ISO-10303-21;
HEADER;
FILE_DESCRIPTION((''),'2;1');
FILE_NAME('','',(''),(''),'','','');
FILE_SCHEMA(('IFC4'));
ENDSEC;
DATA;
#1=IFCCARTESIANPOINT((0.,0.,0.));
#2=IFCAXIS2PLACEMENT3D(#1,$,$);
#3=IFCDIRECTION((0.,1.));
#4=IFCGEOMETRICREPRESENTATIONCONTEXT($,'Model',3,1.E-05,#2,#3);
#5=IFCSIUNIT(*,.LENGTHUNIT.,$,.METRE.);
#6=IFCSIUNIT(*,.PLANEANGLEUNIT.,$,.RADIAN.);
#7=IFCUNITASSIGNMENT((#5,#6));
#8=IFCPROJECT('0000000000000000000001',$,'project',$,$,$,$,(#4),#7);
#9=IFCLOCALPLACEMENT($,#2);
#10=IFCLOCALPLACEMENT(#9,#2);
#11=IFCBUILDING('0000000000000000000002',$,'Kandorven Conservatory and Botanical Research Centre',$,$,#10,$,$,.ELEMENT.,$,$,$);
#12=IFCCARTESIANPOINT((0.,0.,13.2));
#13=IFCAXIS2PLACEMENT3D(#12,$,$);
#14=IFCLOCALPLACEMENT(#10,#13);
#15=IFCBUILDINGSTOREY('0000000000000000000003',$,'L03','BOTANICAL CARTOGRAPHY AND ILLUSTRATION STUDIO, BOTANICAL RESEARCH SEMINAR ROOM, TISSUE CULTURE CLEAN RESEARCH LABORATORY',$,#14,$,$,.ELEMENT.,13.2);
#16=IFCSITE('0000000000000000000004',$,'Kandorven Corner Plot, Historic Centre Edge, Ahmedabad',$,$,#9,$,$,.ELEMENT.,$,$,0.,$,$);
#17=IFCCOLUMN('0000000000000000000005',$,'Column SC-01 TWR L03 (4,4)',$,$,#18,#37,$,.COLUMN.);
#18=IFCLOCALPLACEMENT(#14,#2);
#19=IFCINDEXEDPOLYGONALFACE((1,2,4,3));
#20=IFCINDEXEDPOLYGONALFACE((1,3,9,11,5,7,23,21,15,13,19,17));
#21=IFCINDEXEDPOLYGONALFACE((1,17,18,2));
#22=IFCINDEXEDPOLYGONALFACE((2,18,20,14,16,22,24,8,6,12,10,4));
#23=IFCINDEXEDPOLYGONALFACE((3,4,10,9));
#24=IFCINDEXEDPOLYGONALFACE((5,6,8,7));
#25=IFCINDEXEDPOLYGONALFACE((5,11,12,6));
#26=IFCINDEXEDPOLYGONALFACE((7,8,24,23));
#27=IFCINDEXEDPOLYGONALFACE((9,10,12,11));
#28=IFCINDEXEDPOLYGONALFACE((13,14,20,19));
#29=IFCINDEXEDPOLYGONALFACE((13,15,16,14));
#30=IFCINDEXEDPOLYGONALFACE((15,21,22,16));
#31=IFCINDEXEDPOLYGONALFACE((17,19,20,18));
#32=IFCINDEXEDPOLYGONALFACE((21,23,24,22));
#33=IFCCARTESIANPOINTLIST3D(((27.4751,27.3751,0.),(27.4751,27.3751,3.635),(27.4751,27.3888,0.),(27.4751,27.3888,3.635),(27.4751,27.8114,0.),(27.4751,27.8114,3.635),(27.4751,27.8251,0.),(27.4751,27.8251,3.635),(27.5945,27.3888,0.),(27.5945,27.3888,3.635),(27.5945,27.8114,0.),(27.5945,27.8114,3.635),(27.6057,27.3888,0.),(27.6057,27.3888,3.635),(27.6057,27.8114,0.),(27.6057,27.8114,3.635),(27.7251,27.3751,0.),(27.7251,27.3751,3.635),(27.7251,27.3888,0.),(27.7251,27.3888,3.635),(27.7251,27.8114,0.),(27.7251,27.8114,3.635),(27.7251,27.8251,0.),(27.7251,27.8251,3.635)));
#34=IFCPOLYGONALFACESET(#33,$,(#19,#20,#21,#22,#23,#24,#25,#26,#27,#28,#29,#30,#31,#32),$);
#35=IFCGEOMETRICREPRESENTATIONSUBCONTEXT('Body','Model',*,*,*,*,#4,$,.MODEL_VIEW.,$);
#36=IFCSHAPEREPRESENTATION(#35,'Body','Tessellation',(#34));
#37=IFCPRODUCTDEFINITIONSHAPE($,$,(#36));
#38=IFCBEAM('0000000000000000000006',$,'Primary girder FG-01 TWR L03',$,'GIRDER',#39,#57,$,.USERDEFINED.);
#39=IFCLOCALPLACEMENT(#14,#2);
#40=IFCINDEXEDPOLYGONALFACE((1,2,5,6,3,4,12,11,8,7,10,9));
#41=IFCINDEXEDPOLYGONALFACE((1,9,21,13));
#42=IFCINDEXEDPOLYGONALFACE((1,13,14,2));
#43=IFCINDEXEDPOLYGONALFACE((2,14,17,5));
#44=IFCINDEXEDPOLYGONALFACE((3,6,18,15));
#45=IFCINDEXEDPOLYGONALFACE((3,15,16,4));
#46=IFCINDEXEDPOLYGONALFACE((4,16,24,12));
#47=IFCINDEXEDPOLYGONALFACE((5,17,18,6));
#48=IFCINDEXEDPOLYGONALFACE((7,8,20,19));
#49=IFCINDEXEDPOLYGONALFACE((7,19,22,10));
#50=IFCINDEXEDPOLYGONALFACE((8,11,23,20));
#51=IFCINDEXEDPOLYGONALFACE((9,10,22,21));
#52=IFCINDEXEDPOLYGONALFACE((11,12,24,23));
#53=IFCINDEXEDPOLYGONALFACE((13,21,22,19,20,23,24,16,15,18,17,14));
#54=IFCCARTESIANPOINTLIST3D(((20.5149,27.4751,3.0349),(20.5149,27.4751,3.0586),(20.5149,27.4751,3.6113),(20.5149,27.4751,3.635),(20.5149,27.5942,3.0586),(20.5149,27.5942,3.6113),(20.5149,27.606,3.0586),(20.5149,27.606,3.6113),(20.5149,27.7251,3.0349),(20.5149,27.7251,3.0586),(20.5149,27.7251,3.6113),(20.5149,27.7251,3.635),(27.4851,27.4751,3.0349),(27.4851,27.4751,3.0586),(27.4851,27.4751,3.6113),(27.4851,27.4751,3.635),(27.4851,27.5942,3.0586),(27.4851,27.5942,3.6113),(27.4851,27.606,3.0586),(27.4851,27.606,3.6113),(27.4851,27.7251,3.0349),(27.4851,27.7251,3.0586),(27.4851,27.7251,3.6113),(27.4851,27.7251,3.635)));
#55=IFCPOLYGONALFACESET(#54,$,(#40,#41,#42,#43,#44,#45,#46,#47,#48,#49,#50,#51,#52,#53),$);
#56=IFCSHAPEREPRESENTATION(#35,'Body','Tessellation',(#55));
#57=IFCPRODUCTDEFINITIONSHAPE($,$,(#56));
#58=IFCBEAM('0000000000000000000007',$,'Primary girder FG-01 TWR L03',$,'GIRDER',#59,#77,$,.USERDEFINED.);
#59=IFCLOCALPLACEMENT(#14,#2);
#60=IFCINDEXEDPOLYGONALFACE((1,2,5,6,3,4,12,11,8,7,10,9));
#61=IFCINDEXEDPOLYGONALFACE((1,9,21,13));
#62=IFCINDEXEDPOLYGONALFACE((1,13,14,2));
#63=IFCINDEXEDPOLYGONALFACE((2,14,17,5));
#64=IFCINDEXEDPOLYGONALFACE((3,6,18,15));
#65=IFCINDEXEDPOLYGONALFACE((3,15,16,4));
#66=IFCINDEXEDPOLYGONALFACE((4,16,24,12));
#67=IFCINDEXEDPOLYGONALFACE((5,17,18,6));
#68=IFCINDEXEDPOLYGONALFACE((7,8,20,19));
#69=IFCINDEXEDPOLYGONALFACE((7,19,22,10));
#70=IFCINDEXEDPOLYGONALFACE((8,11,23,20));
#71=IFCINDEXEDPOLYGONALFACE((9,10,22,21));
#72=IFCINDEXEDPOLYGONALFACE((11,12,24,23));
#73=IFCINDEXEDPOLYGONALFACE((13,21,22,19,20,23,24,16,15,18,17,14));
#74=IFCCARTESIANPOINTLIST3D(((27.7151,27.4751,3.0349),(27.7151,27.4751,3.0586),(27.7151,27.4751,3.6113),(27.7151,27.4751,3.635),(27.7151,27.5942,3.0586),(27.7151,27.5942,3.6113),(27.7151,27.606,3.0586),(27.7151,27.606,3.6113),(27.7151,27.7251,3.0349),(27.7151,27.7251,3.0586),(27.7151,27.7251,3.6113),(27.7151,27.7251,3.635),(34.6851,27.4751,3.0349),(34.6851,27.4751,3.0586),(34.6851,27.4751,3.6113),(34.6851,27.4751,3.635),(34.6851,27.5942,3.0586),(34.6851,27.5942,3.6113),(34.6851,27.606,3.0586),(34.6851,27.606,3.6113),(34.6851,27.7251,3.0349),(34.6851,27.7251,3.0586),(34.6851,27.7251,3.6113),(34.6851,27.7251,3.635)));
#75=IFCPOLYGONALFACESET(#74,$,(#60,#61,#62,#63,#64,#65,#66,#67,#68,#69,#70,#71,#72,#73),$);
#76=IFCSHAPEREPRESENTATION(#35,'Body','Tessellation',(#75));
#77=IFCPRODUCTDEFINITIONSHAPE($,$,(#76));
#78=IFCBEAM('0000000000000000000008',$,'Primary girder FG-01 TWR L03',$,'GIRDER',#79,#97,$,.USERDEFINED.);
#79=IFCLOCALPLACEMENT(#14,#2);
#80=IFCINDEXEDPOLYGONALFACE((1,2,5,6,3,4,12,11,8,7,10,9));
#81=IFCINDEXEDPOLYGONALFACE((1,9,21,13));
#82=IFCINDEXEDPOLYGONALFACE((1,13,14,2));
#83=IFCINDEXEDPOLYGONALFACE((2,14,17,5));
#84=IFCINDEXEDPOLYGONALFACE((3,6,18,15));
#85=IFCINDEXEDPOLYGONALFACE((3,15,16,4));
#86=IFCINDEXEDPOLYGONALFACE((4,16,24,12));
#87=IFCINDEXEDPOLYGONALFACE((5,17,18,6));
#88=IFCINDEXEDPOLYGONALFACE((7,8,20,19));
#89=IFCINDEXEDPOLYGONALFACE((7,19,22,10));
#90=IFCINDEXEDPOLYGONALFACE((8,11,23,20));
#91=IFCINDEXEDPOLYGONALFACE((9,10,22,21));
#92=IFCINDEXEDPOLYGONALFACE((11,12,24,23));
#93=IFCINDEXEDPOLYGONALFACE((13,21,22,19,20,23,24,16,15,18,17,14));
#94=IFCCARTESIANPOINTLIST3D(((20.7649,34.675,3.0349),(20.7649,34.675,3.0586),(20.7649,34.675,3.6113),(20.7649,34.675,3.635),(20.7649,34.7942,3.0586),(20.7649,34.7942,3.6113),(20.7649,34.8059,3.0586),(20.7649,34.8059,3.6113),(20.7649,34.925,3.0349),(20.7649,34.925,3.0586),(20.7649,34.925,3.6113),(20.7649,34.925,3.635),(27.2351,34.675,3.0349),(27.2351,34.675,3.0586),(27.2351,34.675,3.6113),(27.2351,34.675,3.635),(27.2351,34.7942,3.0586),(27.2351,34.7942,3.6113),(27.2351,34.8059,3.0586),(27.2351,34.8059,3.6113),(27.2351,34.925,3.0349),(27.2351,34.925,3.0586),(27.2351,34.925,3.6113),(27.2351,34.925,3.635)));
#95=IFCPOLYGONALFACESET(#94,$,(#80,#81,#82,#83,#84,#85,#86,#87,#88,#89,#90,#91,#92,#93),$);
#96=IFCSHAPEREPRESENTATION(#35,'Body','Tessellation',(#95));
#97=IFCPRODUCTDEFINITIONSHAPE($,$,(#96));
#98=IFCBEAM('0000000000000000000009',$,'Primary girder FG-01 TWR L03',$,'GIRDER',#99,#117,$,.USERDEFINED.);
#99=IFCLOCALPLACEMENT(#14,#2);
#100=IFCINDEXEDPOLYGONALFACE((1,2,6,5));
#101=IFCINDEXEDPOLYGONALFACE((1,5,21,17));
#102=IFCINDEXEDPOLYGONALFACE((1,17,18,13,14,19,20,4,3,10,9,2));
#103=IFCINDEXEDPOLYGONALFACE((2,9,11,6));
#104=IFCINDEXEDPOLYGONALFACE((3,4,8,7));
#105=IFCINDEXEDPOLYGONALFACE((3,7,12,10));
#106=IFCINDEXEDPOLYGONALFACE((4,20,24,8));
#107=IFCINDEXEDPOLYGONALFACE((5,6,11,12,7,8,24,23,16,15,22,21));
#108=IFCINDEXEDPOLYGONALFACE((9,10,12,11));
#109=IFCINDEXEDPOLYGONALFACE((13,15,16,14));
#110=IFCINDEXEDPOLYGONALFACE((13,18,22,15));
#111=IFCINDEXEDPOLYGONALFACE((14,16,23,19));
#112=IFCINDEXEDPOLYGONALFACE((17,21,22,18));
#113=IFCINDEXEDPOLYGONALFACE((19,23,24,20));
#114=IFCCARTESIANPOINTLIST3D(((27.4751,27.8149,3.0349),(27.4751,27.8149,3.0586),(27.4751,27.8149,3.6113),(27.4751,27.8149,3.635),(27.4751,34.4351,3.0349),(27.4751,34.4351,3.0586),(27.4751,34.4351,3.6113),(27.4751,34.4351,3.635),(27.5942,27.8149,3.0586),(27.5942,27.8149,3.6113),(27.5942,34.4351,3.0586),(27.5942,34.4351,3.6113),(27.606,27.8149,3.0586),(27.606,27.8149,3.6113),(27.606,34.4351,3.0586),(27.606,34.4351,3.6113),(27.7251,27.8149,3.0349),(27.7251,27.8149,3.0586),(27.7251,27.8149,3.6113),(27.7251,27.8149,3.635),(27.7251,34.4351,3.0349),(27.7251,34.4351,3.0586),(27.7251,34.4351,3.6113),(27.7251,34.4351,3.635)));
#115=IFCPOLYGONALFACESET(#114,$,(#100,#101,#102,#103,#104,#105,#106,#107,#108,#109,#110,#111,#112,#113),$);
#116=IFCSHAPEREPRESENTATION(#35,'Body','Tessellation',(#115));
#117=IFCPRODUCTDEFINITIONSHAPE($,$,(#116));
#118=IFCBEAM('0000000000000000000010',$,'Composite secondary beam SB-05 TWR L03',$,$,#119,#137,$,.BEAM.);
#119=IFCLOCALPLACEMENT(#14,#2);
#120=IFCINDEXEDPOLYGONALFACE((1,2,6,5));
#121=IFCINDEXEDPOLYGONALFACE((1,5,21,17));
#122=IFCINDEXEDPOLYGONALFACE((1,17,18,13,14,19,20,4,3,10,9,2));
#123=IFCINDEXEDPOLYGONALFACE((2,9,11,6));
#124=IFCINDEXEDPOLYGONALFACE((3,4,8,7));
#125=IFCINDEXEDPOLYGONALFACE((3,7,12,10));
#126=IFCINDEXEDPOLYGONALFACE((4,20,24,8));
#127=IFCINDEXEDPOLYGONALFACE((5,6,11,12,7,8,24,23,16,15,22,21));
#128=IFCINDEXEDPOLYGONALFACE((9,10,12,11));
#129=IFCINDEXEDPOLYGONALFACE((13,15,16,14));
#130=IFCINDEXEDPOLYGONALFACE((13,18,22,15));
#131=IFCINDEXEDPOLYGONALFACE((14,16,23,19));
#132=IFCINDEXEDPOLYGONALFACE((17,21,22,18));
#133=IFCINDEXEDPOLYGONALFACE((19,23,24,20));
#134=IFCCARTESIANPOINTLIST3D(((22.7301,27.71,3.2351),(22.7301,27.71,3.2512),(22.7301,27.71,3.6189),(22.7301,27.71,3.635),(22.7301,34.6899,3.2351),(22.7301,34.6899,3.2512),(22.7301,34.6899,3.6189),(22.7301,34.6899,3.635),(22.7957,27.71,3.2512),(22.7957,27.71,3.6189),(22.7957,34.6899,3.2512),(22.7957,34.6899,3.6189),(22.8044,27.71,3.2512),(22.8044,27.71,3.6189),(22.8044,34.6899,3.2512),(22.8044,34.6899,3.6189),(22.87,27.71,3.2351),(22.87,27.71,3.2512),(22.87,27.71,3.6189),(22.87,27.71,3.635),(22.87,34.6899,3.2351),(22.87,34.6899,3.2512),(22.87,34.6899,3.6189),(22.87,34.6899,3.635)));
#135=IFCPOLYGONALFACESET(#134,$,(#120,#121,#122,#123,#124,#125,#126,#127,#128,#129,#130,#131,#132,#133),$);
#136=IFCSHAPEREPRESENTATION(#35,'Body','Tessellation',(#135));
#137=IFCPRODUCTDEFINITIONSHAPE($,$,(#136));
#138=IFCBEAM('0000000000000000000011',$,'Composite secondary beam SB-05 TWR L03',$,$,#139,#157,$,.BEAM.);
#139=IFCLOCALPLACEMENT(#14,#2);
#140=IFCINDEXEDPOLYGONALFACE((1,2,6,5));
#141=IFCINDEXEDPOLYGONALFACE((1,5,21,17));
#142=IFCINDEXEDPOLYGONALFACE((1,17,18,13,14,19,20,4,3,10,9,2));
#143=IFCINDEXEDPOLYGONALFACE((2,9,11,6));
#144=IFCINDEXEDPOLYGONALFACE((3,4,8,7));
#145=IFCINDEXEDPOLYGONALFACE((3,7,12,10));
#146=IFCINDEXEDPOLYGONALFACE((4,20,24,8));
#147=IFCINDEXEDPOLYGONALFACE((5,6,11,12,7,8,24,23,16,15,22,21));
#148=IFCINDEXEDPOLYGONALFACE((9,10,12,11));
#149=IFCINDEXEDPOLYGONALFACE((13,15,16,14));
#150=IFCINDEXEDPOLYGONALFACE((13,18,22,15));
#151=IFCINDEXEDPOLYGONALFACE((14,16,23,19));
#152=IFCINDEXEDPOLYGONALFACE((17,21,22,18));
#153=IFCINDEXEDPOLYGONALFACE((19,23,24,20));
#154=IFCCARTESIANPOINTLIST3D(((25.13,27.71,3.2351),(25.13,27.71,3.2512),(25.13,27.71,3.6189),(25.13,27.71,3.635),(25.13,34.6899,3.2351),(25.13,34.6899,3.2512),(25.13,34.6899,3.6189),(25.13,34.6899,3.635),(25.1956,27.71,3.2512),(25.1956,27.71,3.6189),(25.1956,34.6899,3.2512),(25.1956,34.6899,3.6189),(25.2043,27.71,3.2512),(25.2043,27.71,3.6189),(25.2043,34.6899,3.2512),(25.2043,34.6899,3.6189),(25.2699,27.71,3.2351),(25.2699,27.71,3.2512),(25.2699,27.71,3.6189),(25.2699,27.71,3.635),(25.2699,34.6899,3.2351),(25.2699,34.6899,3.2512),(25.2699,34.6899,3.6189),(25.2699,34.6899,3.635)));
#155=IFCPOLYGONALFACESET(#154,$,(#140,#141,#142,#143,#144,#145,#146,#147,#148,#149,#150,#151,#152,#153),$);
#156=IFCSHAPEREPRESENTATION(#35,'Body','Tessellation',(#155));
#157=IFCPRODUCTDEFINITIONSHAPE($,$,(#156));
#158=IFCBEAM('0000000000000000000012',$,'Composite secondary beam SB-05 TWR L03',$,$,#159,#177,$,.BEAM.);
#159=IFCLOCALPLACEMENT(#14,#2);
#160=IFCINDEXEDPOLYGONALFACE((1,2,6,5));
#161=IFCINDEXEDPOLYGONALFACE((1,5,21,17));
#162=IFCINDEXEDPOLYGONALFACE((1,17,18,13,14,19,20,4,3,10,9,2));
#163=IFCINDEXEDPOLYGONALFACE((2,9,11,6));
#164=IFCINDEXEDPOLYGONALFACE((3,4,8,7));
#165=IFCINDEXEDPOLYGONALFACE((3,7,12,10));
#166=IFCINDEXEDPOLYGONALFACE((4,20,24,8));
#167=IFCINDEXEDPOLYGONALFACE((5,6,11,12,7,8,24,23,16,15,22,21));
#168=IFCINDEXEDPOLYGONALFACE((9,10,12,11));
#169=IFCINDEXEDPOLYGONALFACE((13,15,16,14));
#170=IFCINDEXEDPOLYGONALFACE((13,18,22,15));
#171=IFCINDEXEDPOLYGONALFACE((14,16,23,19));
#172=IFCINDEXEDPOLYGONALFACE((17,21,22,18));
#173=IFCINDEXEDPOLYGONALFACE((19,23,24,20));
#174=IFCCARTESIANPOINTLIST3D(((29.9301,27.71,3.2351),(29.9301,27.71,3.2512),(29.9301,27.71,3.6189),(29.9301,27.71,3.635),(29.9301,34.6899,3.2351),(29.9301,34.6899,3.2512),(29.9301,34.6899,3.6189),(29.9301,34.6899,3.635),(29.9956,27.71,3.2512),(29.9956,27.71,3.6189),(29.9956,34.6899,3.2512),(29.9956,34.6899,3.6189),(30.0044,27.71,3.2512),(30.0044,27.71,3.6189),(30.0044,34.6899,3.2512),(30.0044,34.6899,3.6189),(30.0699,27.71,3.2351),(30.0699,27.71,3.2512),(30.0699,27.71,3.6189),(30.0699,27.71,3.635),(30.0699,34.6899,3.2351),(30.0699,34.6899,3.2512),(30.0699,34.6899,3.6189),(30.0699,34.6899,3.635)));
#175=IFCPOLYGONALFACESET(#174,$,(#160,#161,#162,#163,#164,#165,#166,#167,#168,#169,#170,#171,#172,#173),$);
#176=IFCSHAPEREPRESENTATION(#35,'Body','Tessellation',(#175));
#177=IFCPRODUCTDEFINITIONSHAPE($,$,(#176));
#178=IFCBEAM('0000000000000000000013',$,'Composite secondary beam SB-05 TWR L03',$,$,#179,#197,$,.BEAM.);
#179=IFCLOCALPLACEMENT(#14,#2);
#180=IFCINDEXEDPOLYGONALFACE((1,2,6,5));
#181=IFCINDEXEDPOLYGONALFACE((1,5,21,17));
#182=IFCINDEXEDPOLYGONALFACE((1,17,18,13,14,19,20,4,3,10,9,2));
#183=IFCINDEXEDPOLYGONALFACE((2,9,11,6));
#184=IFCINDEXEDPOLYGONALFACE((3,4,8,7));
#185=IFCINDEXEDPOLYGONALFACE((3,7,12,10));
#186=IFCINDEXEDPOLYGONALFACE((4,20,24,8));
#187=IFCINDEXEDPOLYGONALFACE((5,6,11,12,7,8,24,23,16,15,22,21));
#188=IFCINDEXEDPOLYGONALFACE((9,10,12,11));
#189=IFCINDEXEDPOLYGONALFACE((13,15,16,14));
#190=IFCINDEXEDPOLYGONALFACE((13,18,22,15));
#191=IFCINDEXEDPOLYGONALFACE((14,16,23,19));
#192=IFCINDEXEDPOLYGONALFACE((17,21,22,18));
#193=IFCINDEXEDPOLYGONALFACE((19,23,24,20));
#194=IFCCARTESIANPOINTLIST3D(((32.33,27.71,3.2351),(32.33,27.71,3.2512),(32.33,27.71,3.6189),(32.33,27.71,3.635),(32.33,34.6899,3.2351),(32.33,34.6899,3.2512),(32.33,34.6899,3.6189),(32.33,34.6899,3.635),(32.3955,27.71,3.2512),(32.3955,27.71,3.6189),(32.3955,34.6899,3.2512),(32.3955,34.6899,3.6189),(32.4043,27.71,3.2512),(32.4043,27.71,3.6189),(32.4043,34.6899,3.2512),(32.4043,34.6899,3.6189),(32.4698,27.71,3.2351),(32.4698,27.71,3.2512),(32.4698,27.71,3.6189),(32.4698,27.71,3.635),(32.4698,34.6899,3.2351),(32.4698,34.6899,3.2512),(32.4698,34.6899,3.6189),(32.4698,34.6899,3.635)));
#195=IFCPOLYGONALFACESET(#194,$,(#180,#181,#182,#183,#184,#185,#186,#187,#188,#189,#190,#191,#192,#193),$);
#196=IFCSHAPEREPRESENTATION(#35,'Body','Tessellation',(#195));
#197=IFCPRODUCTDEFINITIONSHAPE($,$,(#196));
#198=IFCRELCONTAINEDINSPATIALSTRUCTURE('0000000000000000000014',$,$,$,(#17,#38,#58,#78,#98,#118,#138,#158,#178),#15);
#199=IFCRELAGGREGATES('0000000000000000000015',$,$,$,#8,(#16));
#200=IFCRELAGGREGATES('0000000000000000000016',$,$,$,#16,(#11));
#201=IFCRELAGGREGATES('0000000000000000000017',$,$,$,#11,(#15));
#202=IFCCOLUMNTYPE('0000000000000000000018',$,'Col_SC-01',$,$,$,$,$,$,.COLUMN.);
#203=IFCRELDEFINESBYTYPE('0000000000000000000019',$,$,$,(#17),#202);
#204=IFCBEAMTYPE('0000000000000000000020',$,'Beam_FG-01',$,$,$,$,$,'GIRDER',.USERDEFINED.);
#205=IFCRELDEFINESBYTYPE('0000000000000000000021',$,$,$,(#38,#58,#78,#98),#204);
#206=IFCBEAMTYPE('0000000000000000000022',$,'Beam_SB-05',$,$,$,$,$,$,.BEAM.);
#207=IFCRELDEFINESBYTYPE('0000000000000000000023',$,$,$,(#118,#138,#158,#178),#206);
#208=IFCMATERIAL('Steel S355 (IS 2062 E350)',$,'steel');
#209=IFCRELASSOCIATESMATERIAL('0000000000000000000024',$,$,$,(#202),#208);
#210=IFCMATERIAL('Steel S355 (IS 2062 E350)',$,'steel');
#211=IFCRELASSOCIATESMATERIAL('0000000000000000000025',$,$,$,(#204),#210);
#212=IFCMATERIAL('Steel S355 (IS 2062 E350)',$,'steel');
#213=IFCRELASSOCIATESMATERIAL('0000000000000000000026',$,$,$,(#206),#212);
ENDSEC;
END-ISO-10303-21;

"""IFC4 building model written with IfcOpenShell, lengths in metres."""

from ifc_helpers import new_model, si_unit, direction, frame, origin, origin_2d, place, context, subcontext, project, spatial, i_section, extrude, material, material_profile, profile_set, type_object, element, save


model = new_model("IFC4")

# Units and contexts
model_context = context("Model", 3, precision=1e-05, world=origin(), true_north=direction((0.0, 1.0)))
body_context = subcontext(model_context, "Body", "Model", "MODEL_VIEW")
ifc_project = project(units=[si_unit("LENGTHUNIT", "METRE"), si_unit("PLANEANGLEUNIT", "RADIAN")], contexts=[model_context])

# Site, building, storey
site_placement = place(None, origin())
site = spatial("IfcSite", under=ifc_project, at=site_placement, Name="Kandorven Corner Plot, Historic Centre Edge, Ahmedabad", CompositionType="ELEMENT", RefElevation=0.0)
building_placement = place(site_placement, origin())
building = spatial("IfcBuilding", under=site, at=building_placement, Name="Kandorven Conservatory and Botanical Research Centre", CompositionType="ELEMENT")
storey_placement = place(building_placement, frame((0.0, 0.0, 13.2)))
storey = spatial("IfcBuildingStorey", under=building, at=storey_placement, Name="L03", Description="BOTANICAL CARTOGRAPHY AND ILLUSTRATION STUDIO, BOTANICAL RESEARCH SEMINAR ROOM, TISSUE CULTURE CLEAN RESEARCH LABORATORY", CompositionType="ELEMENT", Elevation=13.2)

# Column
ifc_material_1 = material(Name="Steel S355 (IS 2062 E350)", Category="steel")
ifc_material_profile_1 = material_profile(ifc_material_1, i_section(OverallWidth=0.25, OverallDepth=0.45, WebThickness=0.0112, FlangeThickness=0.0137, at=origin_2d()))
ifc_profile_set_1 = profile_set([ifc_material_profile_1], Name="Steel S355 (IS 2062 E350)")
column_type = type_object("IfcColumnType", Name="Col_SC-01", PredefinedType="COLUMN", material=ifc_profile_set_1)
column_placement = place(storey_placement, frame((27.6001, 27.6001, 0.0), z_axis=(0.0, 0.0, 1.0), x_axis=(1.0, 0.0, 0.0)))
element("IfcColumn", 1, at=column_placement, inside=storey, type_object=column_type, Name="Column SC-01 TWR L03 (4,4)", PredefinedType="COLUMN", context=body_context, shape_type="SweptSolid", body=[
    extrude(i_section(OverallWidth=0.25, OverallDepth=0.45, WebThickness=0.0112, FlangeThickness=0.0137, at=origin_2d()), origin(), (0.0, 0.0, 1.0), 3.635),
])

# Beams
ifc_material_2 = material(Name="Steel S355 (IS 2062 E350)", Category="steel")
ifc_material_profile_2 = material_profile(ifc_material_2, i_section(OverallWidth=0.25, OverallDepth=0.6001, WebThickness=0.0117, FlangeThickness=0.0237, at=origin_2d()))
ifc_profile_set_2 = profile_set([ifc_material_profile_2], Name="Steel S355 (IS 2062 E350)")
beam_type_1 = type_object("IfcBeamType", Name="Beam_FG-01", ElementType="GIRDER", PredefinedType="USERDEFINED", material=ifc_profile_set_2)
beam_1_placement = place(storey_placement, frame((20.5149, 27.6001, 3.335), z_axis=(1.0, 0.0, 0.0), x_axis=(0.0, 1.0, 0.0)))
element("IfcBeam", 2, at=beam_1_placement, inside=storey, type_object=beam_type_1, Name="Primary girder FG-01 TWR L03", ObjectType="GIRDER", PredefinedType="USERDEFINED", context=body_context, shape_type="SweptSolid", body=[
    extrude(i_section(OverallWidth=0.25, OverallDepth=0.6001, WebThickness=0.0117, FlangeThickness=0.0237, at=origin_2d()), origin(), (0.0, 0.0, 1.0), 6.9702),
])
beam_2_placement = place(storey_placement, frame((27.7151, 27.6001, 3.335), z_axis=(1.0, 0.0, 0.0), x_axis=(0.0, 1.0, 0.0)))
element("IfcBeam", 3, at=beam_2_placement, inside=storey, type_object=beam_type_1, Name="Primary girder FG-01 TWR L03", ObjectType="GIRDER", PredefinedType="USERDEFINED", context=body_context, shape_type="SweptSolid", body=[
    extrude(i_section(OverallWidth=0.25, OverallDepth=0.6001, WebThickness=0.0117, FlangeThickness=0.0237, at=origin_2d()), origin(), (0.0, 0.0, 1.0), 6.97),
])
beam_3_placement = place(storey_placement, frame((20.7649, 34.8, 3.335), z_axis=(1.0, 0.0, 0.0), x_axis=(0.0, 1.0, 0.0)))
element("IfcBeam", 4, at=beam_3_placement, inside=storey, type_object=beam_type_1, Name="Primary girder FG-01 TWR L03", ObjectType="GIRDER", PredefinedType="USERDEFINED", context=body_context, shape_type="SweptSolid", body=[
    extrude(i_section(OverallWidth=0.25, OverallDepth=0.6001, WebThickness=0.0117, FlangeThickness=0.0237, at=origin_2d()), origin(), (0.0, 0.0, 1.0), 6.4702),
])
beam_4_placement = place(storey_placement, frame((27.6001, 27.8149, 3.335), z_axis=(0.0, 1.0, 0.0), x_axis=(-1.0, 0.0, 0.0)))
element("IfcBeam", 5, at=beam_4_placement, inside=storey, type_object=beam_type_1, Name="Primary girder FG-01 TWR L03", ObjectType="GIRDER", PredefinedType="USERDEFINED", context=body_context, shape_type="SweptSolid", body=[
    extrude(i_section(OverallWidth=0.25, OverallDepth=0.6001, WebThickness=0.0117, FlangeThickness=0.0237, at=origin_2d()), origin(), (0.0, 0.0, 1.0), 6.6201),
])
ifc_material_3 = material(Name="Steel S355 (IS 2062 E350)", Category="steel")
ifc_material_profile_3 = material_profile(ifc_material_3, i_section(OverallWidth=0.1399, OverallDepth=0.3999, WebThickness=0.0088, FlangeThickness=0.0161, at=origin_2d()))
ifc_profile_set_3 = profile_set([ifc_material_profile_3], Name="Steel S355 (IS 2062 E350)")
beam_type_2 = type_object("IfcBeamType", Name="Beam_SB-05", PredefinedType="BEAM", material=ifc_profile_set_3)
for number, where, z_axis, x_axis, name in (
    (6, (22.8, 27.71, 3.4351), (0.0, 1.0, 0.0), (-1.0, 0.0, 0.0), "Composite secondary beam SB-05 TWR L03"),
    (7, (25.2, 27.71, 3.4351), (0.0, 1.0, 0.0), (-1.0, 0.0, 0.0), "Composite secondary beam SB-05 TWR L03"),
    (8, (30.0, 27.71, 3.4351), (0.0, 1.0, 0.0), (-1.0, 0.0, 0.0), "Composite secondary beam SB-05 TWR L03"),
    (9, (32.3999, 27.71, 3.4351), (0.0, 1.0, 0.0), (-1.0, 0.0, 0.0), "Composite secondary beam SB-05 TWR L03"),
):
    element("IfcBeam", number, at=place(storey_placement, frame(where, z_axis=z_axis, x_axis=x_axis)), inside=storey, type_object=beam_type_2, Name=name, PredefinedType="BEAM", context=body_context, shape_type="SweptSolid", body=[
        extrude(i_section(OverallWidth=0.1399, OverallDepth=0.3999, WebThickness=0.0088, FlangeThickness=0.0161, at=origin_2d()), origin(), (0.0, 0.0, 1.0), 6.98),
    ])

save(model, "model.ifc")
